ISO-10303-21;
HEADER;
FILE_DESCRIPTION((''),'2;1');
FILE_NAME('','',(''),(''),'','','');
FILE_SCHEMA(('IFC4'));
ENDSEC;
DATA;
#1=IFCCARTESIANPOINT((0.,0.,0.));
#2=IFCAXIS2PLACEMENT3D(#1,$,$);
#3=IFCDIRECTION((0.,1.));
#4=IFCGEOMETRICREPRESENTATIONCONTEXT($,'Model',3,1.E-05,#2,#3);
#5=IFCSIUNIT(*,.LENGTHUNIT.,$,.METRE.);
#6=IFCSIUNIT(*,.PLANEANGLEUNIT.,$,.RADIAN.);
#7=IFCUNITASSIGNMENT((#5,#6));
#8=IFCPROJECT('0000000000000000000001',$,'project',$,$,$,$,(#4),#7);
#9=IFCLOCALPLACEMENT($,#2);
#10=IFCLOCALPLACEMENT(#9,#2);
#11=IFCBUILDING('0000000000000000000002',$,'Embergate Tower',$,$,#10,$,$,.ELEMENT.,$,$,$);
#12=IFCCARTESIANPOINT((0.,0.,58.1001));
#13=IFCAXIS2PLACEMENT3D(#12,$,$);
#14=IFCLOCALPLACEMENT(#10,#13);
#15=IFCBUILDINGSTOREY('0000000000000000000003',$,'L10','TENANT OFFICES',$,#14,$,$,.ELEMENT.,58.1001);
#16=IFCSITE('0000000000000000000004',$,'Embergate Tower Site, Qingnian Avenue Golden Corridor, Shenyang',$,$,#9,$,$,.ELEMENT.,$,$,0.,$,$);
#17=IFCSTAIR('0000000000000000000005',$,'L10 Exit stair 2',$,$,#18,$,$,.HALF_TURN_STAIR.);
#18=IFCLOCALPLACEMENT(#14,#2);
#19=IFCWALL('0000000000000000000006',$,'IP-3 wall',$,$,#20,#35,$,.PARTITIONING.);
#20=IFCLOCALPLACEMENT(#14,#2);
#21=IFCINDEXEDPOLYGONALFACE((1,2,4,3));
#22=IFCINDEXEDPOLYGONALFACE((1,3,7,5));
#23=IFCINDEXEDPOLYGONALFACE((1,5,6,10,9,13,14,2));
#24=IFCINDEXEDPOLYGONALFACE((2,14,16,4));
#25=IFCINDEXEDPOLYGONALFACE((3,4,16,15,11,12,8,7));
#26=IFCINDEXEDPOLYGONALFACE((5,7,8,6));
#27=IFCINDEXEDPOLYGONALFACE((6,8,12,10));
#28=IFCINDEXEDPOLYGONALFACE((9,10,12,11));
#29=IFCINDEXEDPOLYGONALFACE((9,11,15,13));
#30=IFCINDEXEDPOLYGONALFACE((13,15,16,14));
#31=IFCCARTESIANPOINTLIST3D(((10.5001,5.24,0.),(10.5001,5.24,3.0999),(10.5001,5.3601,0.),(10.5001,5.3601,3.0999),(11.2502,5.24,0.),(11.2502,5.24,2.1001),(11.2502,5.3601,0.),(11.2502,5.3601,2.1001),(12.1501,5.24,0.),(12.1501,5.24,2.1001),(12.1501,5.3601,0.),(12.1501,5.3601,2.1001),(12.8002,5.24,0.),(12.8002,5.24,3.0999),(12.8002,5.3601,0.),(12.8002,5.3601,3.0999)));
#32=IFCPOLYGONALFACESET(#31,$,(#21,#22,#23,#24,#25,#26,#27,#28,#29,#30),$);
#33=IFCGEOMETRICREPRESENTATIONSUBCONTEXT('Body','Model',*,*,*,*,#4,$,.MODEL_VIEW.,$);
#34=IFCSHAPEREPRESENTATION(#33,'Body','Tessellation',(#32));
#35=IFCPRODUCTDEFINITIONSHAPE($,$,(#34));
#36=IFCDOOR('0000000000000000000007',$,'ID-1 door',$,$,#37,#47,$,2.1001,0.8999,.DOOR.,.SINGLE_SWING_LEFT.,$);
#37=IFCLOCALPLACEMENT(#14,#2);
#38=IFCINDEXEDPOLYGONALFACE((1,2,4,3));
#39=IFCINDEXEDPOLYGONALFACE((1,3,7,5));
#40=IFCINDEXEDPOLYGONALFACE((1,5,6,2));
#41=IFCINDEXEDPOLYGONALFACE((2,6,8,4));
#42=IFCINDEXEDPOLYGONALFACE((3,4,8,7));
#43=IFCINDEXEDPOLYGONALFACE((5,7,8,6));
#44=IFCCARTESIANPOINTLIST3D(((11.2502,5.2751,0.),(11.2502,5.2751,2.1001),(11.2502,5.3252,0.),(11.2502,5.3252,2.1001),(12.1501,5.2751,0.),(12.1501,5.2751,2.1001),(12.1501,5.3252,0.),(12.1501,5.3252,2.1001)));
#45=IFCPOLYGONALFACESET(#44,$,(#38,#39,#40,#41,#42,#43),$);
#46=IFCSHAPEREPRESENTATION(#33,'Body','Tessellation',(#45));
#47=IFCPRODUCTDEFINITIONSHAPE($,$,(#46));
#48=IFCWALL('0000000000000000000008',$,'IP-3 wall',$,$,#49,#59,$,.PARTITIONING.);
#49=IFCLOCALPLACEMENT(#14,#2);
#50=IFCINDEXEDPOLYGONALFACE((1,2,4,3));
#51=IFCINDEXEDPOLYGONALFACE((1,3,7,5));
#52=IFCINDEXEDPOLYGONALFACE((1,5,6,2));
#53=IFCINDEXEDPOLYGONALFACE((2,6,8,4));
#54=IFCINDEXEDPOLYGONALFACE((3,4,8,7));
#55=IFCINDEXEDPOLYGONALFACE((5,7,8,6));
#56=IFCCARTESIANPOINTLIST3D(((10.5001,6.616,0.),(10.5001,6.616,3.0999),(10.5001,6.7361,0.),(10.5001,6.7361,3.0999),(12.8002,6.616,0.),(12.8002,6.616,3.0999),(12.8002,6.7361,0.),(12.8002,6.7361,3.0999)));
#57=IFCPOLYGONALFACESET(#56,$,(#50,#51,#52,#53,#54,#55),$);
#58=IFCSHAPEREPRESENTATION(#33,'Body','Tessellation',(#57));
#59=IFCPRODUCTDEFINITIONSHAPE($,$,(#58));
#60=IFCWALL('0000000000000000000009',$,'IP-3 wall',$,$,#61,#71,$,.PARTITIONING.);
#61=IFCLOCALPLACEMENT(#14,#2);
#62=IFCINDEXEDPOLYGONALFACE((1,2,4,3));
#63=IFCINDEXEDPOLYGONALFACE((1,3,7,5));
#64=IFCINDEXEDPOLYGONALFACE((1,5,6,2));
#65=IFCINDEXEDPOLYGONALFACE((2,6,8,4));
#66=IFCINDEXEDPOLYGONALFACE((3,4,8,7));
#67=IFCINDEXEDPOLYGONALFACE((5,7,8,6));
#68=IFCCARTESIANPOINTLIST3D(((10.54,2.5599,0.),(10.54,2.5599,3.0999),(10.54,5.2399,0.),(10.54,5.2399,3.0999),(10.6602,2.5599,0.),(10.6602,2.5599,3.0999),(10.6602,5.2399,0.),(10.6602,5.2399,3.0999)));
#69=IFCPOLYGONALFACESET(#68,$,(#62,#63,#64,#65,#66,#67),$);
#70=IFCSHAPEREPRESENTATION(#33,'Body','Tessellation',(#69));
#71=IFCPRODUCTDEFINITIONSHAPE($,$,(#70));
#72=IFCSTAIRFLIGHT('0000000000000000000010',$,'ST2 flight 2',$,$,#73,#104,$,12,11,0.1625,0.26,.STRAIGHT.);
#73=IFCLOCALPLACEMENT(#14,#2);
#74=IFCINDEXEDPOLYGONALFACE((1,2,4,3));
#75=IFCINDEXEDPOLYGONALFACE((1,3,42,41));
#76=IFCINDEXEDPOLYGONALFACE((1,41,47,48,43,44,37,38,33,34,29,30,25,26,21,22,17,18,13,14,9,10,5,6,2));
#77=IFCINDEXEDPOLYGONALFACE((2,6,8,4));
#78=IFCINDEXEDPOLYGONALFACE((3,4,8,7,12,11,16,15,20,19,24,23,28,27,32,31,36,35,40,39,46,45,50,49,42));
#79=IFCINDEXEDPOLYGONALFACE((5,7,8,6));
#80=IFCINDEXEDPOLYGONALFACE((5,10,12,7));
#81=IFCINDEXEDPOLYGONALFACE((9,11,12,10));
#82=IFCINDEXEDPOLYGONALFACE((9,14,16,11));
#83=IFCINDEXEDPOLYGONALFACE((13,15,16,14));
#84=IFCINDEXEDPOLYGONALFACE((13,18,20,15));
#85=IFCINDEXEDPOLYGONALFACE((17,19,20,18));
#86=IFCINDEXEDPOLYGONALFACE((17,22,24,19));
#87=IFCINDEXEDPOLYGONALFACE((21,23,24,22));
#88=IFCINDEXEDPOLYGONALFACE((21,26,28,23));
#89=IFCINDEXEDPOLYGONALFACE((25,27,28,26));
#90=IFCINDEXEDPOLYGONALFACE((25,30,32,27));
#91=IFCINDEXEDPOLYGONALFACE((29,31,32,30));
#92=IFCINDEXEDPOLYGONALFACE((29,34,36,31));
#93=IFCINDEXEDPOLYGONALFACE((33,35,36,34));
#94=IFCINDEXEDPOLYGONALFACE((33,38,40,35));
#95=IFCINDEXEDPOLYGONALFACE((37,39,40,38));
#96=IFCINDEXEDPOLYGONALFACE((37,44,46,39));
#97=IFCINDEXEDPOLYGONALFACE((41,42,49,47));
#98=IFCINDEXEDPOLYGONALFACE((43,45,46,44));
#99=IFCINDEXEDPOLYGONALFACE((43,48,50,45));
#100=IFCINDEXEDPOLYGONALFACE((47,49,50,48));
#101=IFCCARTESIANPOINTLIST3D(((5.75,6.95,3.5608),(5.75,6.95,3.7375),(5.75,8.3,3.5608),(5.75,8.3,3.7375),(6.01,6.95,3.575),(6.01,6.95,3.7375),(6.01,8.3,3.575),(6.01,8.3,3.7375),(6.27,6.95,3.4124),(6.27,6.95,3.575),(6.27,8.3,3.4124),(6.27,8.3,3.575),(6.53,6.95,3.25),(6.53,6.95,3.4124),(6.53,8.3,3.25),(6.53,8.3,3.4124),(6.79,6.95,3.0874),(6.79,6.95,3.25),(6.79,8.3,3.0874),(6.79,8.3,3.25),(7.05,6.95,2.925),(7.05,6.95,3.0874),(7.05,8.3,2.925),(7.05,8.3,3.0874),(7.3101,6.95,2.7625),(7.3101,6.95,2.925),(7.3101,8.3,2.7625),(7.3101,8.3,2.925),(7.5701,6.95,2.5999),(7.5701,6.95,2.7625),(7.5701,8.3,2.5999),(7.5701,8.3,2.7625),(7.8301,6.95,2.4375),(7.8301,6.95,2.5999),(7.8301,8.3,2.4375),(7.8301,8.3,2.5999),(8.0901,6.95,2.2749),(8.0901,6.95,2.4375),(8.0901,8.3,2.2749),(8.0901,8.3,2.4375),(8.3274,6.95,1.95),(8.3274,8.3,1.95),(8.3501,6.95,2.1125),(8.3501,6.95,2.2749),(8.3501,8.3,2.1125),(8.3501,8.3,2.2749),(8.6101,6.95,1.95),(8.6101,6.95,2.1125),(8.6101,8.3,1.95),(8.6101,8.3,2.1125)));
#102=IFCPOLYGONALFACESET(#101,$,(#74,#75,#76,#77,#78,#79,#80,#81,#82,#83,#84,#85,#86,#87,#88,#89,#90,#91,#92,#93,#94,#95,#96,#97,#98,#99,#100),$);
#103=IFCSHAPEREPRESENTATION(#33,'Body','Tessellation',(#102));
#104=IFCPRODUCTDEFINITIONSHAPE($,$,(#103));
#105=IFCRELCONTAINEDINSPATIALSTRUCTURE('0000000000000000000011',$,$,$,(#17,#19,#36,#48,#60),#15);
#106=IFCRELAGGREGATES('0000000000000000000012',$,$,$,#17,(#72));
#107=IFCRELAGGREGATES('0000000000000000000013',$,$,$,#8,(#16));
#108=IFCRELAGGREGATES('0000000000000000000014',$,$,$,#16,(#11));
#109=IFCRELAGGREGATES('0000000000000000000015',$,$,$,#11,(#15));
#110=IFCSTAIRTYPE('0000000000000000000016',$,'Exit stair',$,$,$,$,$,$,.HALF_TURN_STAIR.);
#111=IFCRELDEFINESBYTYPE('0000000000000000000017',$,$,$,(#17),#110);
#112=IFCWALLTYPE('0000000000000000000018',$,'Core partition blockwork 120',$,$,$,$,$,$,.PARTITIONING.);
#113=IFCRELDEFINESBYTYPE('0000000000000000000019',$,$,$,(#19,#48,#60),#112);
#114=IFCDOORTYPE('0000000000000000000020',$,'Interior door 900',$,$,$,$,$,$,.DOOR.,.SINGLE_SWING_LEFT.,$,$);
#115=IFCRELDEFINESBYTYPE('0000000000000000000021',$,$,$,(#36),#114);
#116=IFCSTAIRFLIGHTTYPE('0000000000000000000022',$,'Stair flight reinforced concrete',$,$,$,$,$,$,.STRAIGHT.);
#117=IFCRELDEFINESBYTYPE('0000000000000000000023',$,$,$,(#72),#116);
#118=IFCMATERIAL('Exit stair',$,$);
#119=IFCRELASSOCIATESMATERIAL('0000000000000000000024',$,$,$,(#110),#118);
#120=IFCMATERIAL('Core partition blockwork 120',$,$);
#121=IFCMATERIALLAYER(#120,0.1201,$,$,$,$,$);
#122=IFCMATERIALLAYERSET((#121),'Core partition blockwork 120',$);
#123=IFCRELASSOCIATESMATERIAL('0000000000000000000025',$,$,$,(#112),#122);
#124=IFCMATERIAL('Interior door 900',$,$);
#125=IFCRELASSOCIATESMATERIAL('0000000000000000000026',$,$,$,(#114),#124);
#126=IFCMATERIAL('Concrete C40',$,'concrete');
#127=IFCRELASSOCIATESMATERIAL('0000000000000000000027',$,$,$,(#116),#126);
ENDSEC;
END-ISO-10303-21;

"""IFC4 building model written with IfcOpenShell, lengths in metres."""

from ifc_helpers import new_model, si_unit, direction, frame, frame_2d, origin, place, context, subcontext, project, spatial, polyline, rectangle, outline, extrude, source, transform, mapped, material, layer, layer_set, type_object, element, fill, aggregate, save


model = new_model("IFC4")

# Units and contexts
model_context = context("Model", 3, precision=1e-05, world=origin(), true_north=direction((0.0, 1.0)))
body_context = subcontext(model_context, "Body", "Model", "MODEL_VIEW")
ifc_project = project(units=[si_unit("LENGTHUNIT", "METRE"), si_unit("PLANEANGLEUNIT", "RADIAN")], contexts=[model_context])

# Site, building, storey
site_placement = place(None, origin())
site = spatial("IfcSite", under=ifc_project, at=site_placement, Name="Embergate Tower Site, Qingnian Avenue Golden Corridor, Shenyang", CompositionType="ELEMENT", RefElevation=0.0)
building_placement = place(site_placement, origin())
building = spatial("IfcBuilding", under=site, at=building_placement, Name="Embergate Tower", CompositionType="ELEMENT")
storey_placement = place(building_placement, frame((0.0, 0.0, 58.1001)))
storey = spatial("IfcBuildingStorey", under=building, at=storey_placement, Name="L10", Description="TENANT OFFICES", CompositionType="ELEMENT", Elevation=58.1001)

# Stair
ifc_material_1 = material(Name="Exit stair")
stair_type = type_object("IfcStairType", Name="Exit stair", PredefinedType="HALF_TURN_STAIR", material=ifc_material_1)
stair_placement = place(storey_placement, origin())
stair = element("IfcStair", 1, at=stair_placement, inside=storey, type_object=stair_type, Name="L10 Exit stair 2", PredefinedType="HALF_TURN_STAIR")
ifc_material_2 = material(Name="Concrete C40", Category="concrete")

# Shared definitions
ifc_material_3 = material(Name="Core partition blockwork 120")
ifc_layer_1 = layer(ifc_material_3, 0.1201)
ifc_layer_set_1 = layer_set([ifc_layer_1], Name="Core partition blockwork 120")
wall_type_1 = type_object("IfcWallType", Name="Core partition blockwork 120", PredefinedType="PARTITIONING", material=ifc_layer_set_1)

# Wall, opening, door
shared_shape_1 = source(origin(), body_context, "Body", "SweptSolid", [
    extrude(rectangle(XDim=2.3, YDim=0.1201, at=frame_2d((1.1499, 0.0))), origin(), (0.0, 0.0, 1.0), 3.0999),
])
shared_shape_2 = source(origin(), body_context, "Body", "SweptSolid", [
    extrude(rectangle(XDim=0.8999, YDim=2.1001, at=frame_2d((0.45, 1.05))), frame((0.0, 0.0701, 0.0), z_axis=(0.0, -1.0, 0.0), x_axis=(1.0, 0.0, 0.0)), (0.0, 0.0, 1.0), 0.1401),
])
ifc_material_4 = material(Name="Interior door 900")
door_type_1 = type_object("IfcDoorType", Name="Interior door 900", OperationType="SINGLE_SWING_LEFT", PredefinedType="DOOR", material=ifc_material_4)
shared_shape_3 = source(origin(), body_context, "Body", "SweptSolid", [
    extrude(rectangle(XDim=0.8999, YDim=2.1001, at=frame_2d((0.45, 1.05))), frame((0.0, 0.0249, 0.0), z_axis=(0.0, -1.0, 0.0), x_axis=(1.0, 0.0, 0.0)), (0.0, 0.0, 1.0), 0.05),
])
wall_1_placement = place(storey_placement, frame((12.8, 5.3, 0.0), z_axis=(0.0, 0.0, 1.0), x_axis=(-1.0, 0.0, 0.0)))
wall_1 = element("IfcWall", 2, at=wall_1_placement, inside=storey, type_object=wall_type_1, Name="IP-3 wall", PredefinedType="PARTITIONING", context=body_context, shape_type="MappedRepresentation", body=[
    mapped(shared_shape_1, transform((0.0, 0.0, 0.0))),
])
opening_1_placement = place(wall_1_placement, frame((0.6499, 0.0, 0.0)))
opening_1 = element("IfcOpeningElement", 3, at=opening_1_placement, cuts=wall_1, PredefinedType="OPENING", context=body_context, shape_type="MappedRepresentation", body=[
    mapped(shared_shape_2, transform((0.0, 0.0, 0.0))),
])
door_1_placement = place(opening_1_placement, origin())
door_1 = element("IfcDoor", 4, at=door_1_placement, inside=storey, type_object=door_type_1, Name="ID-1 door", OperationType="SINGLE_SWING_LEFT", OverallHeight=2.1001, OverallWidth=0.8999, PredefinedType="DOOR", context=body_context, shape_type="MappedRepresentation", body=[
    mapped(shared_shape_3, transform((0.0, 0.0, 0.0))),
])
fill(opening_1, door_1)

# Walls
wall_2_placement = place(storey_placement, frame((12.8, 6.676, 0.0), z_axis=(0.0, 0.0, 1.0), x_axis=(-1.0, 0.0, 0.0)))
element("IfcWall", 5, at=wall_2_placement, inside=storey, type_object=wall_type_1, Name="IP-3 wall", PredefinedType="PARTITIONING", context=body_context, shape_type="MappedRepresentation", body=[
    mapped(shared_shape_1, transform((0.0, 0.0, 0.0))),
])
shared_shape_4 = source(origin(), body_context, "Body", "SweptSolid", [
    extrude(rectangle(XDim=2.6799, YDim=0.1201, at=frame_2d((1.3398, 0.0))), origin(), (0.0, 0.0, 1.0), 3.0999),
])
wall_3_placement = place(storey_placement, frame((10.6001, 2.5601, 0.0), z_axis=(0.0, 0.0, 1.0), x_axis=(0.0, 1.0, 0.0)))
element("IfcWall", 6, at=wall_3_placement, inside=storey, type_object=wall_type_1, Name="IP-3 wall", PredefinedType="PARTITIONING", context=body_context, shape_type="MappedRepresentation", body=[
    mapped(shared_shape_4, transform((0.0, 0.0, 0.0))),
])

# Stair flight
stair_flight_type = type_object("IfcStairFlightType", Name="Stair flight reinforced concrete", PredefinedType="STRAIGHT", material=ifc_material_2)
shared_shape_5 = source(origin(), body_context, "Body", "SweptSolid", [
    extrude(outline(polyline([(0.0, 0.0), (0.0, 0.1626), (0.26, 0.1626), (0.26, 0.325), (0.52, 0.325), (0.52, 0.4875), (0.78, 0.4875), (0.78, 0.6499), (1.04, 0.6499), (1.04, 0.8125), (1.3, 0.8125), (1.3, 0.9751), (1.5601, 0.9751), (1.5601, 1.1375), (1.8201, 1.1375), (1.8201, 1.3), (2.0801, 1.3), (2.0801, 1.4624), (2.3401, 1.4624), (2.3401, 1.625), (2.6001, 1.625), (2.6001, 1.7876), (2.8601, 1.7876), (2.8601, 1.95), (2.8601, 1.6108), (0.2827, 0.0), (0.0, 0.0)])), frame((0.0, 0.675, 0.0), z_axis=(0.0, -1.0, 0.0), x_axis=(1.0, 0.0, 0.0)), (0.0, 0.0, 1.0), 1.3501),
])
stair_flight_placement = place(storey_placement, frame((8.6101, 7.625, 1.95), z_axis=(0.0, 0.0, 1.0), x_axis=(-1.0, 0.0, 0.0)))
stair_flight = element("IfcStairFlight", 7, at=stair_flight_placement, type_object=stair_flight_type, Name="ST2 flight 2", NumberOfRisers=12, NumberOfTreads=11, PredefinedType="STRAIGHT", RiserHeight=0.1625, TreadLength=0.26, context=body_context, shape_type="MappedRepresentation", body=[
    mapped(shared_shape_5, transform((0.0, 0.0, 0.0))),
])
aggregate(stair, [stair_flight])

save(model, "model.ifc")
